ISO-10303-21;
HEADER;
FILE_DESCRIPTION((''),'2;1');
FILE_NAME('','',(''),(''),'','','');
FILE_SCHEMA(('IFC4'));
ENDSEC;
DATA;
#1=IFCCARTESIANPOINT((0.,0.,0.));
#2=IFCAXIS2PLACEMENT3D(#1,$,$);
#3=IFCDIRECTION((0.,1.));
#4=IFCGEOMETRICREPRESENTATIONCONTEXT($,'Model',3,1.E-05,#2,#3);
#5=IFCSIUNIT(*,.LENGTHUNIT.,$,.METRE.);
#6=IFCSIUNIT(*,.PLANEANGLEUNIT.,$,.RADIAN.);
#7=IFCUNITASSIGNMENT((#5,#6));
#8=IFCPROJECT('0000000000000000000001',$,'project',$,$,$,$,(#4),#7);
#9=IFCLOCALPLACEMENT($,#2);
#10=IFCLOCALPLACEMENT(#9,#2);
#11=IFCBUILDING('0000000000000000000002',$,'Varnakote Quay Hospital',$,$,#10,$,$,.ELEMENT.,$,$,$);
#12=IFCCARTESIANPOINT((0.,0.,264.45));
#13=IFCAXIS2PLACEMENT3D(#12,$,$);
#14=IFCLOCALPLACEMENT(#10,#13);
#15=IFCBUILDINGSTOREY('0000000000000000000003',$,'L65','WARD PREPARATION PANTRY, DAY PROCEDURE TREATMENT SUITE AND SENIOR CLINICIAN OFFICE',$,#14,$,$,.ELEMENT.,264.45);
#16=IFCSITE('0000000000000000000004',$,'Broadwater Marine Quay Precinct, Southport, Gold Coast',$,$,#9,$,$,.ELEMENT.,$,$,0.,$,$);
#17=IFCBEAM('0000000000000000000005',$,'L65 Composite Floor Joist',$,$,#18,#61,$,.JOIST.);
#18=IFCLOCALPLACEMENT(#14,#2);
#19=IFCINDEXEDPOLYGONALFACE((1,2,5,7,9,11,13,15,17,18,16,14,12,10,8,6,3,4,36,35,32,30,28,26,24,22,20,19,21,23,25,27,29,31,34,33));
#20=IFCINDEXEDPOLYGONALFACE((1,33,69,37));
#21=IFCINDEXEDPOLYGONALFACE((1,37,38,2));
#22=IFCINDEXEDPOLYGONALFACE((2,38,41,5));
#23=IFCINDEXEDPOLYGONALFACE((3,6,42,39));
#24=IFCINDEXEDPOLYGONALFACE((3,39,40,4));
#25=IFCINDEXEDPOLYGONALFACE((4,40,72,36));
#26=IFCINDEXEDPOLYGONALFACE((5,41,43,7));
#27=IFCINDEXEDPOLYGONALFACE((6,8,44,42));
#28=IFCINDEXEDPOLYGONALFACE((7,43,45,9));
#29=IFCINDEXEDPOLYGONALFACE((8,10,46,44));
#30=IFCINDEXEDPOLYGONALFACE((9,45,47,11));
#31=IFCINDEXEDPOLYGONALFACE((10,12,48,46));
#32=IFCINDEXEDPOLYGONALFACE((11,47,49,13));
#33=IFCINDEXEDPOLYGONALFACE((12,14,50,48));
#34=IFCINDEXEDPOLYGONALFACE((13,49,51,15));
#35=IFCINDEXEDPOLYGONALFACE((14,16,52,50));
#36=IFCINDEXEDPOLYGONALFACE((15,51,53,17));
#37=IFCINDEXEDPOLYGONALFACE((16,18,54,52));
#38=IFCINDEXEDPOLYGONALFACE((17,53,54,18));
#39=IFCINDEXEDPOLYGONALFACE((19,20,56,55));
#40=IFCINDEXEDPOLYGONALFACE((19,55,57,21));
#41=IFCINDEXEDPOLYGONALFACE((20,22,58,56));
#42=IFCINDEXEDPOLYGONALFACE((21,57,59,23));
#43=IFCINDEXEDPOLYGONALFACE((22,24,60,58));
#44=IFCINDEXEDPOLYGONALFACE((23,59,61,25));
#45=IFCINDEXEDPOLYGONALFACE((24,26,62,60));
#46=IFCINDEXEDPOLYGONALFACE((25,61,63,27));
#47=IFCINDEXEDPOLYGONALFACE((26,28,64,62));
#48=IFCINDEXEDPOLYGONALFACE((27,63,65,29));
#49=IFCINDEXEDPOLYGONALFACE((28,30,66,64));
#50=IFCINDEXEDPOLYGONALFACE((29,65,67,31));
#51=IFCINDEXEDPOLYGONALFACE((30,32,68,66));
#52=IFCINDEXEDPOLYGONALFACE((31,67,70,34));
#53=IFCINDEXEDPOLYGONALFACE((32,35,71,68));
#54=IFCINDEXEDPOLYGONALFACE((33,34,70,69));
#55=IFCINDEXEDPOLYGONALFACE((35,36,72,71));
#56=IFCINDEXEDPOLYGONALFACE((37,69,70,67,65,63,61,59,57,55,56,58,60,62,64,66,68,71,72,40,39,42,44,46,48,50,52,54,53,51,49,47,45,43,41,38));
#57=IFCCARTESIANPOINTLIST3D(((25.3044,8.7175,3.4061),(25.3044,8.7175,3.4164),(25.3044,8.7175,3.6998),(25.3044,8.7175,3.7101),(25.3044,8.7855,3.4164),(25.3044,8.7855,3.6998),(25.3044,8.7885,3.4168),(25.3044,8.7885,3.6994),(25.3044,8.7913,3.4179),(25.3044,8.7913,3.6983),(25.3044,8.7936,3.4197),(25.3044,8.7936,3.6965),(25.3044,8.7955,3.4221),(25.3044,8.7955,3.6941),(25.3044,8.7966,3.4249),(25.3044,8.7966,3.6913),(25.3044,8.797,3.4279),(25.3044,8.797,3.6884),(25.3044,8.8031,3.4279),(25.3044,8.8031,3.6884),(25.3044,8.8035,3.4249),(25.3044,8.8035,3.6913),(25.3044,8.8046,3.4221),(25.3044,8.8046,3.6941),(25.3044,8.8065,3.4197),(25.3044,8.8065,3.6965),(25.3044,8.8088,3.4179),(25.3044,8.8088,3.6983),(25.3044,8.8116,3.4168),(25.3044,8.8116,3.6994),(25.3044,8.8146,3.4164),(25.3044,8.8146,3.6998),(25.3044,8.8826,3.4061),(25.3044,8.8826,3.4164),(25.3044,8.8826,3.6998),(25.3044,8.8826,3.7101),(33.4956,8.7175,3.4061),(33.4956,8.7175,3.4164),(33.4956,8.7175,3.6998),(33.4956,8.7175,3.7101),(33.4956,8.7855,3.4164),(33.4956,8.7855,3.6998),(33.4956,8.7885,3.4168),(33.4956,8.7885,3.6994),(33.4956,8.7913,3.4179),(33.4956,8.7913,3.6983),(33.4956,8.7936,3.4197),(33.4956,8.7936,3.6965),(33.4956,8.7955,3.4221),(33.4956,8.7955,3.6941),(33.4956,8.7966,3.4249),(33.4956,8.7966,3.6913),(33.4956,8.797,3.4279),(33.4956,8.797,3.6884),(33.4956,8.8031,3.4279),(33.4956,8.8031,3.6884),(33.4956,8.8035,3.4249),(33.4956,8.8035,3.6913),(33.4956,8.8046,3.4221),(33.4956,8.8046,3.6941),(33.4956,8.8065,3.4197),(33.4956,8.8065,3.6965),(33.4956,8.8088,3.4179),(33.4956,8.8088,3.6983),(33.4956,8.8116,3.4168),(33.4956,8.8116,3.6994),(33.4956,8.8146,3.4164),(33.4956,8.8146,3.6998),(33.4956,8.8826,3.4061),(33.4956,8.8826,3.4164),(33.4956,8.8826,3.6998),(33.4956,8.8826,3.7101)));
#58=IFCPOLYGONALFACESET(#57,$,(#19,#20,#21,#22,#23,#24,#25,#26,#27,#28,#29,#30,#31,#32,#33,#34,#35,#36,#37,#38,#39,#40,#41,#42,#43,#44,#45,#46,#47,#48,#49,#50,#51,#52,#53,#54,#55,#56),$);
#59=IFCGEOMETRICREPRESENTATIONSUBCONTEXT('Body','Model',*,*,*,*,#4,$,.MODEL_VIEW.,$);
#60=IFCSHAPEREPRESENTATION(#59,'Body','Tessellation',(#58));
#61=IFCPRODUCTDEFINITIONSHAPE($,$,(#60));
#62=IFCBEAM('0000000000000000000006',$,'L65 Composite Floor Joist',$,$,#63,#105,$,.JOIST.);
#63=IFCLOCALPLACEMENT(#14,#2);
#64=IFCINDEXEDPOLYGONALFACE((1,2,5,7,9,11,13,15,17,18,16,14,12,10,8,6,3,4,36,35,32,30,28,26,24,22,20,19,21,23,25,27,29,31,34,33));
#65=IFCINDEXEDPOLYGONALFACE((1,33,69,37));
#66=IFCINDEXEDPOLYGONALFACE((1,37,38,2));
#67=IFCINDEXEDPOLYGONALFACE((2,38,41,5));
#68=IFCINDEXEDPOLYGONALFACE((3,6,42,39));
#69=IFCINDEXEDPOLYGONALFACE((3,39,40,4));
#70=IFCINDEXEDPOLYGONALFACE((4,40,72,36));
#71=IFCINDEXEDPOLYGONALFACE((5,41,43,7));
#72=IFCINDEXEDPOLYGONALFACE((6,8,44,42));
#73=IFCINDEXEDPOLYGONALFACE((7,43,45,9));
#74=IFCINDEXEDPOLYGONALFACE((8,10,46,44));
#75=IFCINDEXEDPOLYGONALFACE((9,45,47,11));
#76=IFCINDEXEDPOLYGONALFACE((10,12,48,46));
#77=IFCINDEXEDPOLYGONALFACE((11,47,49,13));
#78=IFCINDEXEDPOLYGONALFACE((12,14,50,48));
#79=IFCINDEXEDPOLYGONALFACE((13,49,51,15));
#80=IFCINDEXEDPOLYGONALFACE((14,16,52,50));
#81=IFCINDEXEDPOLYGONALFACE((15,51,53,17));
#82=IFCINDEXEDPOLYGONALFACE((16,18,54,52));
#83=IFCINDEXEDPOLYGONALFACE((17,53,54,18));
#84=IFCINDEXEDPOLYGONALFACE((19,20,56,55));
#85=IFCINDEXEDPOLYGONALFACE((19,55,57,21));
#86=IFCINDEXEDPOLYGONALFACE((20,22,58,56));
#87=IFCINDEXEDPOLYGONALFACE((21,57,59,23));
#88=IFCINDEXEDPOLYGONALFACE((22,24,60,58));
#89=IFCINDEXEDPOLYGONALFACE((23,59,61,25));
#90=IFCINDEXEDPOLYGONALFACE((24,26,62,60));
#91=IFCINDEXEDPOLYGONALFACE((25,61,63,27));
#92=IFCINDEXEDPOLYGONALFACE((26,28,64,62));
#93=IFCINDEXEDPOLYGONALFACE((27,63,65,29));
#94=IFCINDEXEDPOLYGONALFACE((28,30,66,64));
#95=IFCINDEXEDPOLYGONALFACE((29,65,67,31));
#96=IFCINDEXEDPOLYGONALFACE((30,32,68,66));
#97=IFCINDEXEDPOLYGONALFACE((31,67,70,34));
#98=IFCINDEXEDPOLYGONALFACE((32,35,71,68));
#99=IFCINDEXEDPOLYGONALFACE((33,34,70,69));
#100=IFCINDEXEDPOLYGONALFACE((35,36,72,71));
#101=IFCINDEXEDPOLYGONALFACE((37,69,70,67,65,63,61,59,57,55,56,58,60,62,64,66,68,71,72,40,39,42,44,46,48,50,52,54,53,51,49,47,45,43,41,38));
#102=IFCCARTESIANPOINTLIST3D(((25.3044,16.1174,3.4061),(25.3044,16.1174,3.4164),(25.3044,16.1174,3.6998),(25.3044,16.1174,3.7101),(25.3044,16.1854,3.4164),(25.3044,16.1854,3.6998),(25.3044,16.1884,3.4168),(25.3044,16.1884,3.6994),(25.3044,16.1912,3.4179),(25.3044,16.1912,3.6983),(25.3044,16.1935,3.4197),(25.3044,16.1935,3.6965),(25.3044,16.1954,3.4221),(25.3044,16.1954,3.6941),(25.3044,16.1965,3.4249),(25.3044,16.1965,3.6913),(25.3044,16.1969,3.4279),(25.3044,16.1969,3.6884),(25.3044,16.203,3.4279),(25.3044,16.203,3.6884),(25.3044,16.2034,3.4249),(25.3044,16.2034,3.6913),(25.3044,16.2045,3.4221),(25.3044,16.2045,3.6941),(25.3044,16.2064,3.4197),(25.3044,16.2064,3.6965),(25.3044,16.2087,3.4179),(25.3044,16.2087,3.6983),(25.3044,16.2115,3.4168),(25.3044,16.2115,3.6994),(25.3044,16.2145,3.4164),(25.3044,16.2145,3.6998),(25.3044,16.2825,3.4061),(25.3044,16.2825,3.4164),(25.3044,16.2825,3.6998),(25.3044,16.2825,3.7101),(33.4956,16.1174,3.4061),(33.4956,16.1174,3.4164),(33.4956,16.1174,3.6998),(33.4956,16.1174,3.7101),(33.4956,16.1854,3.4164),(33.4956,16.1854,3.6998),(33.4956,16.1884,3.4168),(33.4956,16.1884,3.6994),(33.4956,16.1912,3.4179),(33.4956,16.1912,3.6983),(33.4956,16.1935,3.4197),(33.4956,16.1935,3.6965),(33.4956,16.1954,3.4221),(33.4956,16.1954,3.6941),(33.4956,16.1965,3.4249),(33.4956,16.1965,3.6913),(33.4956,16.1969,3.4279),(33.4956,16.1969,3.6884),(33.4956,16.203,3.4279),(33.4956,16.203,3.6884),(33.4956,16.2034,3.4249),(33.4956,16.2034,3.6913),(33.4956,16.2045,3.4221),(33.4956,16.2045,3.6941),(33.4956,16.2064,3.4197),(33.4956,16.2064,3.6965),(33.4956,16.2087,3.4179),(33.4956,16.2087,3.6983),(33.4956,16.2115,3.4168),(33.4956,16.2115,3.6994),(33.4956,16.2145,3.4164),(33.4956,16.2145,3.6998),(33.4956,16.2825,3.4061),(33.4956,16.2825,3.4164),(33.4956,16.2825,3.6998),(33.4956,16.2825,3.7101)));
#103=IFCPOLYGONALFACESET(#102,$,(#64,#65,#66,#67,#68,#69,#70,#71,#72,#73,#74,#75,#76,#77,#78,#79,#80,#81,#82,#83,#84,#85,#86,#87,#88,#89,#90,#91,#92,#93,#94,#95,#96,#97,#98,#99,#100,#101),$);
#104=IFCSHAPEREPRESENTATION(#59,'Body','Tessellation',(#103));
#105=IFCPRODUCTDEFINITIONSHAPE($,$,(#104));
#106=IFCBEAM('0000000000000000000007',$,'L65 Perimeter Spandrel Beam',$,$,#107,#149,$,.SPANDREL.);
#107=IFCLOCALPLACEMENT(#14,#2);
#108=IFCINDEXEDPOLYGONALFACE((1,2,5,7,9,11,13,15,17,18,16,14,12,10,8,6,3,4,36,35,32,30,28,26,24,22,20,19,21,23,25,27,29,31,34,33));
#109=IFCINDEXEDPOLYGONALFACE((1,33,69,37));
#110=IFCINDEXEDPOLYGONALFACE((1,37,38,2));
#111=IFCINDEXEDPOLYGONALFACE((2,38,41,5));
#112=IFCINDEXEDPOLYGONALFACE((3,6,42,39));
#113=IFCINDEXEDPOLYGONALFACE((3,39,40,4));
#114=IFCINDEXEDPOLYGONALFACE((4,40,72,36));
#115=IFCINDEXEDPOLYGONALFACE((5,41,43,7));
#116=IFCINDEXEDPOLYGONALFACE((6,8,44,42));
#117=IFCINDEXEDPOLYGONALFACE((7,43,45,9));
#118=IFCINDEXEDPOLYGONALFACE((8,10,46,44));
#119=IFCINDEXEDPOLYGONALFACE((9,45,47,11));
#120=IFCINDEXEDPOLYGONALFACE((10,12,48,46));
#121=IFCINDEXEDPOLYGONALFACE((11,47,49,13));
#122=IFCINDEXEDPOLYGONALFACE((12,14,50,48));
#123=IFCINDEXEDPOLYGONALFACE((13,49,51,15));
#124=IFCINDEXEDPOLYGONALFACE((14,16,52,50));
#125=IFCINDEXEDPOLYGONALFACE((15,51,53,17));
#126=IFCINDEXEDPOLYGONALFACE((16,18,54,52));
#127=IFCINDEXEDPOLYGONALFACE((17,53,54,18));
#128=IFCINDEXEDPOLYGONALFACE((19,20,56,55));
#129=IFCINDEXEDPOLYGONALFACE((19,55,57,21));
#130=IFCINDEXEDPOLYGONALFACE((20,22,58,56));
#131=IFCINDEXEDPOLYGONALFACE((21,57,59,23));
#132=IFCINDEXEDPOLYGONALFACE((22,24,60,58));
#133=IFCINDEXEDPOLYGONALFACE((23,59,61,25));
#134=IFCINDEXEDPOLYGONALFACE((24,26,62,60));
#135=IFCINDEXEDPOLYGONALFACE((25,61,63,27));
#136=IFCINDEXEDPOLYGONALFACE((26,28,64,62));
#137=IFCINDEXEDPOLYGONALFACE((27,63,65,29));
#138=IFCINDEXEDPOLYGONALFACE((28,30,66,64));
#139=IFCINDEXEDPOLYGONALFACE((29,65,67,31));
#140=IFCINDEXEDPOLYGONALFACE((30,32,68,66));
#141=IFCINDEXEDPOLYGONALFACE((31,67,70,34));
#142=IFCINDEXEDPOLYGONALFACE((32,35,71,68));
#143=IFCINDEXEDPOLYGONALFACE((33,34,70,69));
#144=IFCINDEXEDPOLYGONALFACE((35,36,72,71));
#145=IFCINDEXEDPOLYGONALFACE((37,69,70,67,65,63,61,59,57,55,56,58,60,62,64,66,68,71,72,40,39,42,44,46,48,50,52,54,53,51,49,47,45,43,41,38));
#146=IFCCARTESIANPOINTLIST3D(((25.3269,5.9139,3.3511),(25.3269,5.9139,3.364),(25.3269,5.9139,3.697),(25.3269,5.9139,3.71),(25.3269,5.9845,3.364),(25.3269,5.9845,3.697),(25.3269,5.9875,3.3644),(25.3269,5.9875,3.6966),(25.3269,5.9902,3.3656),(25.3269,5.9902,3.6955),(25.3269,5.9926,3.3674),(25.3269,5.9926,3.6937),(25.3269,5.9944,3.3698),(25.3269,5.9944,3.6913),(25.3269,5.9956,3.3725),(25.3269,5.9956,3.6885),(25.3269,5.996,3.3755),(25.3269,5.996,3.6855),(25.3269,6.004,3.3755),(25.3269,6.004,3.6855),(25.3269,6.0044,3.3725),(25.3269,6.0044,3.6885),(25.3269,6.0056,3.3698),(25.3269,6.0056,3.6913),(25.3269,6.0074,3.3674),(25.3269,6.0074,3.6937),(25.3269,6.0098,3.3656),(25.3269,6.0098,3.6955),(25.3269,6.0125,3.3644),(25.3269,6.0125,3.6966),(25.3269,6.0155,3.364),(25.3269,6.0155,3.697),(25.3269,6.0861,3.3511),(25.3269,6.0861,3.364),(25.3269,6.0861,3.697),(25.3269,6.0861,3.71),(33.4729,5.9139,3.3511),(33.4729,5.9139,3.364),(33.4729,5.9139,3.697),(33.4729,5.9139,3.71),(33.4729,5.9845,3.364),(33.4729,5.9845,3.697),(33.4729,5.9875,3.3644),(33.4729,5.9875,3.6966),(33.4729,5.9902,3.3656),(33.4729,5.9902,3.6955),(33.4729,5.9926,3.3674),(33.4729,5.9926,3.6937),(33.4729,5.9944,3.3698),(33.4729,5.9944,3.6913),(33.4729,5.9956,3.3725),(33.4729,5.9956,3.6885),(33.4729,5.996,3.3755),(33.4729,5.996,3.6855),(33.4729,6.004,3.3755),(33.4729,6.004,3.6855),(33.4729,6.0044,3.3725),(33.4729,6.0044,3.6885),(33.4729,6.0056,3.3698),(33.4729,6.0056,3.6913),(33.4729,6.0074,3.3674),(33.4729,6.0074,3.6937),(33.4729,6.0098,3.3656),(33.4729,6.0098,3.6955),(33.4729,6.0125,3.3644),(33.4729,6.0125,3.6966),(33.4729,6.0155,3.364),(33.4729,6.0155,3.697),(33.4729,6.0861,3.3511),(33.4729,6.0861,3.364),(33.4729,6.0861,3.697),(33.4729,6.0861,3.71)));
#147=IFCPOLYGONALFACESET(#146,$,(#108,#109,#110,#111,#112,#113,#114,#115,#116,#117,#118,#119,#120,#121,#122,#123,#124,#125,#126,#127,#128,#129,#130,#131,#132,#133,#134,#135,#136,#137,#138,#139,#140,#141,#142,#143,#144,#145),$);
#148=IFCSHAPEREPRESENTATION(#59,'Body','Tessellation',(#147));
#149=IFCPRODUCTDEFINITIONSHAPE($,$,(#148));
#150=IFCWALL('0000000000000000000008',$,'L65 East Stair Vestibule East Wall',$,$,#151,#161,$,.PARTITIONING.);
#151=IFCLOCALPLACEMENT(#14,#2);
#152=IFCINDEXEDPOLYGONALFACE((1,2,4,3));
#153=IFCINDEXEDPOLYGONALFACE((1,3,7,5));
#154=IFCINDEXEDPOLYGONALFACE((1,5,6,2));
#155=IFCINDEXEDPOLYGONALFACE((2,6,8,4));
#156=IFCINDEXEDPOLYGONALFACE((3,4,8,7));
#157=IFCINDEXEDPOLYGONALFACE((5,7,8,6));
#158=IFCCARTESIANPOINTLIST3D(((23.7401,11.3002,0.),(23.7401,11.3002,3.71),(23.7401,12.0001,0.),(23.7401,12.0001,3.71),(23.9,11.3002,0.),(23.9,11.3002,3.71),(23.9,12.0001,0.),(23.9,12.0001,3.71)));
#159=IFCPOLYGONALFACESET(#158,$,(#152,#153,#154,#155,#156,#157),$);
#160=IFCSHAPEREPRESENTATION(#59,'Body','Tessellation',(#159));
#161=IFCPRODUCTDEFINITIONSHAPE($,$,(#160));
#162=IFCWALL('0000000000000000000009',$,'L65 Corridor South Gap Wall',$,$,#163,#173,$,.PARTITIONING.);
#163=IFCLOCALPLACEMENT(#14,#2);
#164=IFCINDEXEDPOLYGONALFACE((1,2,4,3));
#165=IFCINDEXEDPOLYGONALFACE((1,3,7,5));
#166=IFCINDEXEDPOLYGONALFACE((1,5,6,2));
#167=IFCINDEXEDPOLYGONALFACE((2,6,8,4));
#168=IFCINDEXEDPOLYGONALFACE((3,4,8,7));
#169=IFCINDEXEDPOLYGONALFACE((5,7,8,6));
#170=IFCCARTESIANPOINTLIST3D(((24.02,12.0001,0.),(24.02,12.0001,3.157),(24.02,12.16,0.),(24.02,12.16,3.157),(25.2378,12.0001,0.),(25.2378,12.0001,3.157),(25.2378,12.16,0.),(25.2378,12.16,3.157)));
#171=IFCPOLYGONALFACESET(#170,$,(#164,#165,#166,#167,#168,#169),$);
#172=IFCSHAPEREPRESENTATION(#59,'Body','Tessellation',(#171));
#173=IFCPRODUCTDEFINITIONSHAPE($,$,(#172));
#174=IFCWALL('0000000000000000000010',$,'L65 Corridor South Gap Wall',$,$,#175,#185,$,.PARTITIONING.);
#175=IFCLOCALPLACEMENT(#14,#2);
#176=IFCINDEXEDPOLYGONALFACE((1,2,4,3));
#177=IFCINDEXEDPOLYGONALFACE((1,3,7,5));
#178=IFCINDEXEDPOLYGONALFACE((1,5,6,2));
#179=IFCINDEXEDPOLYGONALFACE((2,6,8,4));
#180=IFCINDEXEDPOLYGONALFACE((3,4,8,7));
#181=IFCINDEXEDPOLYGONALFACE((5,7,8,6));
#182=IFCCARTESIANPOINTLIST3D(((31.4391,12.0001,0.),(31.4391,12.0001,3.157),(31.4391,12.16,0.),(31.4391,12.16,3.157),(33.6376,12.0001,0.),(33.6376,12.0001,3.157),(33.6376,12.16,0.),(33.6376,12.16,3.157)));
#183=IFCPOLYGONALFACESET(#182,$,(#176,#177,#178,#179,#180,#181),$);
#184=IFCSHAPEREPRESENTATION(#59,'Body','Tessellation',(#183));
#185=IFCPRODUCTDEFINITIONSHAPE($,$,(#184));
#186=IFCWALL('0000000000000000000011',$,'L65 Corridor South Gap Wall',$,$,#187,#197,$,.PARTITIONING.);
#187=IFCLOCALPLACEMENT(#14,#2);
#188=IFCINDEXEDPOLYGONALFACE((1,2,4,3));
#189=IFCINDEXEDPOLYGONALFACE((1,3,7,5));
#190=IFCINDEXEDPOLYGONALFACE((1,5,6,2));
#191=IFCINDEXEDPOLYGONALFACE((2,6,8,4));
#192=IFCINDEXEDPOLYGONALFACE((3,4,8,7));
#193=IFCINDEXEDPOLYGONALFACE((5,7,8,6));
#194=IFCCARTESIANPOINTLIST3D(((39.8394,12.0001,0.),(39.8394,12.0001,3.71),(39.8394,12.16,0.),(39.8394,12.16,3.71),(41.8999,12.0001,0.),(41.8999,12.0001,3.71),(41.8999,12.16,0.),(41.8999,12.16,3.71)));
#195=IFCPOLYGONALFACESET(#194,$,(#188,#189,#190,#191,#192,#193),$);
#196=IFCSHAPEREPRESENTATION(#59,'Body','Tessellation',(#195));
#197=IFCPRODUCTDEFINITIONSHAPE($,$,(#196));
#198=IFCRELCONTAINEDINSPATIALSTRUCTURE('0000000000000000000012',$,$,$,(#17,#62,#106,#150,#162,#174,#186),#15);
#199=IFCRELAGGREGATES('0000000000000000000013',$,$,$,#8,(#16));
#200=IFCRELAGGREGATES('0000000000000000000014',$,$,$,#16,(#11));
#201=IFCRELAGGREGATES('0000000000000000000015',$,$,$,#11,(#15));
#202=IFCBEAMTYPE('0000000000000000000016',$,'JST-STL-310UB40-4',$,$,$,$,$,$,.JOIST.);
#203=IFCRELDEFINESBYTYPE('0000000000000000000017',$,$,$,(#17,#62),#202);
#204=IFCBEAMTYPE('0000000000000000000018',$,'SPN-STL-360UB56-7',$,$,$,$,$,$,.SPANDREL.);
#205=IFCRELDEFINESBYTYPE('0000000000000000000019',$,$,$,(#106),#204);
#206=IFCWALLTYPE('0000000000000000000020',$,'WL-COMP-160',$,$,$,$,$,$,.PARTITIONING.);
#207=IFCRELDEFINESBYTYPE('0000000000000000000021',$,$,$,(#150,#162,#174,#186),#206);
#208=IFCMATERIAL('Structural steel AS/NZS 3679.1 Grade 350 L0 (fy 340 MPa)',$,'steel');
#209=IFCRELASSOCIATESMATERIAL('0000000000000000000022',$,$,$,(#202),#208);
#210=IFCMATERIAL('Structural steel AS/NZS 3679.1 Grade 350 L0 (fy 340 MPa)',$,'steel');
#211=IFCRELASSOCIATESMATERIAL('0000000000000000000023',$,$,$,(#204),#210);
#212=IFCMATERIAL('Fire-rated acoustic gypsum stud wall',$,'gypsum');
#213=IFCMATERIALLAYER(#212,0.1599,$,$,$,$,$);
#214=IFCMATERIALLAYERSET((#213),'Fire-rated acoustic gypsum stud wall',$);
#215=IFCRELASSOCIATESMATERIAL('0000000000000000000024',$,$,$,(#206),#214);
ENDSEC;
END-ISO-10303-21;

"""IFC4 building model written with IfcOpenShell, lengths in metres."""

from ifc_helpers import new_model, si_unit, direction, frame, frame_2d, origin, origin_2d, place, context, subcontext, project, spatial, rectangle, i_section, extrude, material, layer, layer_set, material_profile, profile_set, type_object, element, save


model = new_model("IFC4")

# Units and contexts
model_context = context("Model", 3, precision=1e-05, world=origin(), true_north=direction((0.0, 1.0)))
body_context = subcontext(model_context, "Body", "Model", "MODEL_VIEW")
ifc_project = project(units=[si_unit("LENGTHUNIT", "METRE"), si_unit("PLANEANGLEUNIT", "RADIAN")], contexts=[model_context])

# Site, building, storey
site_placement = place(None, origin())
site = spatial("IfcSite", under=ifc_project, at=site_placement, Name="Broadwater Marine Quay Precinct, Southport, Gold Coast", CompositionType="ELEMENT", RefElevation=0.0)
building_placement = place(site_placement, origin())
building = spatial("IfcBuilding", under=site, at=building_placement, Name="Varnakote Quay Hospital", CompositionType="ELEMENT")
storey_placement = place(building_placement, frame((0.0, 0.0, 264.45)))
storey = spatial("IfcBuildingStorey", under=building, at=storey_placement, Name="L65", Description="WARD PREPARATION PANTRY, DAY PROCEDURE TREATMENT SUITE AND SENIOR CLINICIAN OFFICE", CompositionType="ELEMENT", Elevation=264.45)

# Beams
ifc_material_1 = material(Name="Structural steel AS/NZS 3679.1 Grade 350 L0 (fy 340 MPa)", Category="steel")
ifc_material_profile_1 = material_profile(ifc_material_1, i_section(OverallWidth=0.165, OverallDepth=0.304, WebThickness=0.0061, FlangeThickness=0.0103, FilletRadius=0.0115, at=origin_2d()), Name="310UB40.4")
ifc_profile_set_1 = profile_set([ifc_material_profile_1], Name="Structural steel AS/NZS 3679.1 Grade 350 L0 (fy 340 MPa)")
beam_type_1 = type_object("IfcBeamType", Name="JST-STL-310UB40-4", PredefinedType="JOIST", material=ifc_profile_set_1)
for number, where, z_axis, x_axis, name in (
    (1, (25.3044, 8.8, 3.5581), (1.0, 0.0, 0.0), (0.0, 1.0, 0.0), "L65 Composite Floor Joist"),
    (2, (25.3044, 16.2, 3.5581), (1.0, 0.0, 0.0), (0.0, 1.0, 0.0), "L65 Composite Floor Joist"),
):
    element("IfcBeam", number, at=place(storey_placement, frame(where, z_axis=z_axis, x_axis=x_axis)), inside=storey, type_object=beam_type_1, Name=name, PredefinedType="JOIST", context=body_context, shape_type="SweptSolid", body=[
        extrude(i_section(OverallWidth=0.165, OverallDepth=0.304, WebThickness=0.0061, FlangeThickness=0.0103, FilletRadius=0.0115, at=origin_2d()), origin(), (0.0, 0.0, 1.0), 8.1912),
    ])
ifc_material_2 = material(Name="Structural steel AS/NZS 3679.1 Grade 350 L0 (fy 340 MPa)", Category="steel")
ifc_material_profile_2 = material_profile(ifc_material_2, i_section(OverallWidth=0.1721, OverallDepth=0.3589, WebThickness=0.0081, FlangeThickness=0.0129, FilletRadius=0.0115, at=origin_2d()), Name="360UB56.7")
ifc_profile_set_2 = profile_set([ifc_material_profile_2], Name="Structural steel AS/NZS 3679.1 Grade 350 L0 (fy 340 MPa)")
beam_type_2 = type_object("IfcBeamType", Name="SPN-STL-360UB56-7", PredefinedType="SPANDREL", material=ifc_profile_set_2)
beam_1_placement = place(storey_placement, frame((25.3269, 6.0, 3.5305), z_axis=(1.0, 0.0, 0.0), x_axis=(0.0, 1.0, 0.0)))
element("IfcBeam", 3, at=beam_1_placement, inside=storey, type_object=beam_type_2, Name="L65 Perimeter Spandrel Beam", PredefinedType="SPANDREL", context=body_context, shape_type="SweptSolid", body=[
    extrude(i_section(OverallWidth=0.1721, OverallDepth=0.3589, WebThickness=0.0081, FlangeThickness=0.0129, FilletRadius=0.0115, at=origin_2d()), origin(), (0.0, 0.0, 1.0), 8.146),
])

# Walls
ifc_material_3 = material(Name="Fire-rated acoustic gypsum stud wall", Category="gypsum")
ifc_layer_1 = layer(ifc_material_3, 0.1599)
ifc_layer_set_1 = layer_set([ifc_layer_1], Name="Fire-rated acoustic gypsum stud wall")
wall_type_1 = type_object("IfcWallType", Name="WL-COMP-160", PredefinedType="PARTITIONING", material=ifc_layer_set_1)
wall_1_placement = place(storey_placement, frame((23.8201, 11.3, 0.0), z_axis=(0.0, 0.0, 1.0), x_axis=(0.0, 1.0, 0.0)))
element("IfcWall", 4, at=wall_1_placement, inside=storey, type_object=wall_type_1, Name="L65 East Stair Vestibule East Wall", PredefinedType="PARTITIONING", context=body_context, shape_type="SweptSolid", body=[
    extrude(rectangle(XDim=0.7, YDim=0.1599, at=frame_2d((0.3501, 0.0))), origin(), (0.0, 0.0, 1.0), 3.71),
])
wall_2_placement = place(storey_placement, frame((24.02, 12.0801, 0.0), z_axis=(0.0, 0.0, 1.0), x_axis=(1.0, 0.0, 0.0)))
element("IfcWall", 5, at=wall_2_placement, inside=storey, type_object=wall_type_1, Name="L65 Corridor South Gap Wall", PredefinedType="PARTITIONING", context=body_context, shape_type="SweptSolid", body=[
    extrude(rectangle(XDim=1.2178, YDim=0.1599, at=frame_2d((0.6089, 0.0))), origin(), (0.0, 0.0, 1.0), 3.157),
])
wall_3_placement = place(storey_placement, frame((31.4392, 12.0801, 0.0), z_axis=(0.0, 0.0, 1.0), x_axis=(1.0, 0.0, 0.0)))
element("IfcWall", 6, at=wall_3_placement, inside=storey, type_object=wall_type_1, Name="L65 Corridor South Gap Wall", PredefinedType="PARTITIONING", context=body_context, shape_type="SweptSolid", body=[
    extrude(rectangle(XDim=2.1985, YDim=0.1599, at=frame_2d((1.0991, 0.0))), origin(), (0.0, 0.0, 1.0), 3.157),
])
wall_4_placement = place(storey_placement, frame((39.8394, 12.0801, 0.0), z_axis=(0.0, 0.0, 1.0), x_axis=(1.0, 0.0, 0.0)))
element("IfcWall", 7, at=wall_4_placement, inside=storey, type_object=wall_type_1, Name="L65 Corridor South Gap Wall", PredefinedType="PARTITIONING", context=body_context, shape_type="SweptSolid", body=[
    extrude(rectangle(XDim=2.0605, YDim=0.1599, at=frame_2d((1.0303, 0.0))), origin(), (0.0, 0.0, 1.0), 3.71),
])

save(model, "model.ifc")
